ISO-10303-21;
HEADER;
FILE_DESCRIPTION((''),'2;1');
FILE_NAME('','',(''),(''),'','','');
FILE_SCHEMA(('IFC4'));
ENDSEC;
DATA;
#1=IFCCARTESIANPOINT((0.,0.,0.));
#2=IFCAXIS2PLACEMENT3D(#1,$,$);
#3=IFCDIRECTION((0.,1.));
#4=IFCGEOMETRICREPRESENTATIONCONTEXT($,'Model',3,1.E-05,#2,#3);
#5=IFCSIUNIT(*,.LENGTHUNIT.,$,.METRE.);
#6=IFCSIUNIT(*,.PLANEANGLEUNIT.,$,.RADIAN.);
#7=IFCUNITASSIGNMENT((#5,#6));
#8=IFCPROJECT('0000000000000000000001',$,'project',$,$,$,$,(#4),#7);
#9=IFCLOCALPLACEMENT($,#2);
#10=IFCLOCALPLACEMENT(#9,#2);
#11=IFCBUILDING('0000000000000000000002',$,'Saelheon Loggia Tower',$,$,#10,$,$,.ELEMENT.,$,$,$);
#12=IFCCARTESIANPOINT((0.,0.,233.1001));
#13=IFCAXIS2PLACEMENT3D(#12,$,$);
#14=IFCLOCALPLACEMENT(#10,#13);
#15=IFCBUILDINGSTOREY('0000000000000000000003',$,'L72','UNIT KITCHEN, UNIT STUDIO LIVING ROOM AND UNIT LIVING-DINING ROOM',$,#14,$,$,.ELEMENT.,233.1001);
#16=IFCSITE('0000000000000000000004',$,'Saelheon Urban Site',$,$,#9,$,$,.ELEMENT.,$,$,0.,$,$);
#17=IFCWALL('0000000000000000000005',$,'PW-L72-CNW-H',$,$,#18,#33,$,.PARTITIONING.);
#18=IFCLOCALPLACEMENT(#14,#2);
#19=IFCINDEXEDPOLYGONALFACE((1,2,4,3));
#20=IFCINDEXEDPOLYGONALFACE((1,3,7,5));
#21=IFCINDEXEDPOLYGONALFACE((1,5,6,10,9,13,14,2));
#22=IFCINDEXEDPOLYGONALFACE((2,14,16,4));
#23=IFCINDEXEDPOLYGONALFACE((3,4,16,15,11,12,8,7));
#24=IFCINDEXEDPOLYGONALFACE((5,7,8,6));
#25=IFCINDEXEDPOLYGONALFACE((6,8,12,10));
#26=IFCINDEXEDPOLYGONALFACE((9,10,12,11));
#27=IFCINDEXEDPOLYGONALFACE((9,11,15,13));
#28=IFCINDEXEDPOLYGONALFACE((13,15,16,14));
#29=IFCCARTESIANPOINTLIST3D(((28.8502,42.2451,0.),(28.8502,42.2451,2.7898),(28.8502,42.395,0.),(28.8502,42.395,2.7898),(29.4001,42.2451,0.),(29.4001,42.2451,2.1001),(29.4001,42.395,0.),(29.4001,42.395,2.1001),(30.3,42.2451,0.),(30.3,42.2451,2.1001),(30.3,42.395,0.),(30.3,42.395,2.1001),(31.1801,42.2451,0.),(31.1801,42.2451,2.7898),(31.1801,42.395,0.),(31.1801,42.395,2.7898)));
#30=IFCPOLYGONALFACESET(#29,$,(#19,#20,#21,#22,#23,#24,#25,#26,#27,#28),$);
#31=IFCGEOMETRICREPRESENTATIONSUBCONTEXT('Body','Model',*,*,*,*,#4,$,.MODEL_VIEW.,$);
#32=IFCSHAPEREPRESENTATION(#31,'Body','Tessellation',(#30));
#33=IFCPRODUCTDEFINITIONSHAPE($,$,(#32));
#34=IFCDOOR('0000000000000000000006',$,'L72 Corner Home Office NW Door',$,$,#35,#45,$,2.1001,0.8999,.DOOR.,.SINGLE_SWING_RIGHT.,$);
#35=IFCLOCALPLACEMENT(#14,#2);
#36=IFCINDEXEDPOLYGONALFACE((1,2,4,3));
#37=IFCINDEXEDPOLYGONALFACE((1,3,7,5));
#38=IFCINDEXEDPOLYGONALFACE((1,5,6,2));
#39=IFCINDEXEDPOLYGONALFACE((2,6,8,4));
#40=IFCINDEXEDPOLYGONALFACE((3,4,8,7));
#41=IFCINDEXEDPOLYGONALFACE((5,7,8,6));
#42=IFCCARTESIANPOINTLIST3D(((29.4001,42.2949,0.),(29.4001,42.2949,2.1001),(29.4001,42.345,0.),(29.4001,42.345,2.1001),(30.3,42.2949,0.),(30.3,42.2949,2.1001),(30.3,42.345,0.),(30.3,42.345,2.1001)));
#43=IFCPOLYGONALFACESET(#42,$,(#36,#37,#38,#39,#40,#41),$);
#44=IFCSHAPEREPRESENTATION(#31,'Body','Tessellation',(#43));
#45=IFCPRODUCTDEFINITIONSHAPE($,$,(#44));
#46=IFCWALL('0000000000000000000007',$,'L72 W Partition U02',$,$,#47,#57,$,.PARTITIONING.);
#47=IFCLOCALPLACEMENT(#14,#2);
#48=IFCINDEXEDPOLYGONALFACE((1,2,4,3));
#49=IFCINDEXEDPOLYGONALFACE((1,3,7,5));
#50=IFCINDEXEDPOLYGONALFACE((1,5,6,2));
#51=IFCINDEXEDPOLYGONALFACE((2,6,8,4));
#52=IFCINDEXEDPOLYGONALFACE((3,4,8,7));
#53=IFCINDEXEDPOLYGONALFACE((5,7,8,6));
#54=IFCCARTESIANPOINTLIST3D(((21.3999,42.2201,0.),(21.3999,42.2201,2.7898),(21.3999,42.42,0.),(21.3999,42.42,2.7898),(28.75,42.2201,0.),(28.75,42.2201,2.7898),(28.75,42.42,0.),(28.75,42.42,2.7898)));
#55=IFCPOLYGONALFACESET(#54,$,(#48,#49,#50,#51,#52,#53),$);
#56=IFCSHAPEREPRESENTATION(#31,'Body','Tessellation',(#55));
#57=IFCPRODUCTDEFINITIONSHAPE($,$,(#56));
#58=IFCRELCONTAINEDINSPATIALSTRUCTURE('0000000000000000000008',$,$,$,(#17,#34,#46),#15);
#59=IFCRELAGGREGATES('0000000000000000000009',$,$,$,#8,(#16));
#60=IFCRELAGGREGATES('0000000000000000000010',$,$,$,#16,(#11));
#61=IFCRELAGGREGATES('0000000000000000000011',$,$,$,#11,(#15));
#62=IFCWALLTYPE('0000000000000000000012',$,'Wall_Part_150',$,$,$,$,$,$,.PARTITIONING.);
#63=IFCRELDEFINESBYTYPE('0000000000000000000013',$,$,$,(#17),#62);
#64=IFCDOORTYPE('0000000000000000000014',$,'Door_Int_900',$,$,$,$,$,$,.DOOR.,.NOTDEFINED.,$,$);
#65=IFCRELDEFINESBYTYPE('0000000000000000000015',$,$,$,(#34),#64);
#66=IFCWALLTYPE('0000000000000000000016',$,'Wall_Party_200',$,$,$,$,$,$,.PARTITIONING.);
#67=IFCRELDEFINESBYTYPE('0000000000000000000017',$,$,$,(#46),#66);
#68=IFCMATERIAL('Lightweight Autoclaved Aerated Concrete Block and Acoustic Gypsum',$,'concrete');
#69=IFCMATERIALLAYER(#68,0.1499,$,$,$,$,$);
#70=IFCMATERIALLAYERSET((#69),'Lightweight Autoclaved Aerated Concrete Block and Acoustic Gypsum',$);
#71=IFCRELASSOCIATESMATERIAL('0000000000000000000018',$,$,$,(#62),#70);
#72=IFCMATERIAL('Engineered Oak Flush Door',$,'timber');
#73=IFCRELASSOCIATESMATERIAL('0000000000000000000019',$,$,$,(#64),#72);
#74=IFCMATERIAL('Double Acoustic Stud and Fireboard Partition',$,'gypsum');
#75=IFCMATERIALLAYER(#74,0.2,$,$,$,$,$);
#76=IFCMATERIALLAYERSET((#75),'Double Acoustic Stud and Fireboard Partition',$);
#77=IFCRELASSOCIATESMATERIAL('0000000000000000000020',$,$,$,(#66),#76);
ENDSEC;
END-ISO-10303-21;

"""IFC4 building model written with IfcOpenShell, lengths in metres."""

from ifc_helpers import new_model, si_unit, direction, frame, frame_2d, origin, place, context, subcontext, project, spatial, rectangle, extrude, source, transform, mapped, material, layer, layer_set, type_object, element, fill, save


model = new_model("IFC4")

# Units and contexts
model_context = context("Model", 3, precision=1e-05, world=origin(), true_north=direction((0.0, 1.0)))
body_context = subcontext(model_context, "Body", "Model", "MODEL_VIEW")
ifc_project = project(units=[si_unit("LENGTHUNIT", "METRE"), si_unit("PLANEANGLEUNIT", "RADIAN")], contexts=[model_context])

# Site, building, storey
site_placement = place(None, origin())
site = spatial("IfcSite", under=ifc_project, at=site_placement, Name="Saelheon Urban Site", CompositionType="ELEMENT", RefElevation=0.0)
building_placement = place(site_placement, origin())
building = spatial("IfcBuilding", under=site, at=building_placement, Name="Saelheon Loggia Tower", CompositionType="ELEMENT")
storey_placement = place(building_placement, frame((0.0, 0.0, 233.1001)))
storey = spatial("IfcBuildingStorey", under=building, at=storey_placement, Name="L72", Description="UNIT KITCHEN, UNIT STUDIO LIVING ROOM AND UNIT LIVING-DINING ROOM", CompositionType="ELEMENT", Elevation=233.1001)

# Wall, opening, door
ifc_material_1 = material(Name="Lightweight Autoclaved Aerated Concrete Block and Acoustic Gypsum", Category="concrete")
ifc_layer_1 = layer(ifc_material_1, 0.1499)
ifc_layer_set_1 = layer_set([ifc_layer_1], Name="Lightweight Autoclaved Aerated Concrete Block and Acoustic Gypsum")
wall_type_1 = type_object("IfcWallType", Name="Wall_Part_150", PredefinedType="PARTITIONING", material=ifc_layer_set_1)
wall_1_placement = place(storey_placement, frame((28.8501, 42.3201, 0.0), z_axis=(0.0, 0.0, 1.0), x_axis=(1.0, 0.0, 0.0)))
wall_1 = element("IfcWall", 1, at=wall_1_placement, inside=storey, type_object=wall_type_1, Name="PW-L72-CNW-H", PredefinedType="PARTITIONING", context=body_context, shape_type="SweptSolid", body=[
    extrude(rectangle(XDim=2.3298, YDim=0.1499, at=frame_2d((1.165, 0.0))), origin(), (0.0, 0.0, 1.0), 2.7898),
])
opening_1_placement = place(wall_1_placement, frame((0.55, 0.0, 0.0)))
opening_1 = element("IfcOpeningElement", 2, at=opening_1_placement, cuts=wall_1, PredefinedType="OPENING", context=body_context, shape_type="SweptSolid", body=[
    extrude(rectangle(XDim=0.8999, YDim=2.1001, at=frame_2d((0.45, 1.05))), frame((0.0, 0.0869, 0.0), z_axis=(0.0, -1.0, 0.0), x_axis=(1.0, 0.0, 0.0)), (0.0, 0.0, 1.0), 0.1738),
])
ifc_material_2 = material(Name="Engineered Oak Flush Door", Category="timber")
door_type_1 = type_object("IfcDoorType", Name="Door_Int_900", OperationType="NOTDEFINED", PredefinedType="DOOR", material=ifc_material_2)
shared_shape_1 = source(origin(), body_context, "Body", "SweptSolid", [
    extrude(rectangle(XDim=0.8999, YDim=2.1001, at=frame_2d((0.45, 1.05))), frame((0.0, 0.0249, 0.0), z_axis=(0.0, -1.0, 0.0), x_axis=(1.0, 0.0, 0.0)), (0.0, 0.0, 1.0), 0.05),
])
door_1_placement = place(opening_1_placement, origin())
door_1 = element("IfcDoor", 3, at=door_1_placement, inside=storey, type_object=door_type_1, Name="L72 Corner Home Office NW Door", OperationType="SINGLE_SWING_RIGHT", OverallHeight=2.1001, OverallWidth=0.8999, PredefinedType="DOOR", context=body_context, shape_type="MappedRepresentation", body=[
    mapped(shared_shape_1, transform((0.0, 0.0, 0.0), scale=1.0)),
])
fill(opening_1, door_1)

# Wall
ifc_material_3 = material(Name="Double Acoustic Stud and Fireboard Partition", Category="gypsum")
ifc_layer_2 = layer(ifc_material_3, 0.2)
ifc_layer_set_2 = layer_set([ifc_layer_2], Name="Double Acoustic Stud and Fireboard Partition")
wall_type_2 = type_object("IfcWallType", Name="Wall_Party_200", PredefinedType="PARTITIONING", material=ifc_layer_set_2)
wall_2_placement = place(storey_placement, frame((28.75, 42.3201, 0.0), z_axis=(0.0, 0.0, 1.0), x_axis=(-1.0, 0.0, 0.0)))
element("IfcWall", 4, at=wall_2_placement, inside=storey, type_object=wall_type_2, Name="L72 W Partition U02", PredefinedType="PARTITIONING", context=body_context, shape_type="SweptSolid", body=[
    extrude(rectangle(XDim=7.3501, YDim=0.2, at=frame_2d((3.675, 0.0))), origin(), (0.0, 0.0, 1.0), 2.7898),
])

save(model, "model.ifc")
